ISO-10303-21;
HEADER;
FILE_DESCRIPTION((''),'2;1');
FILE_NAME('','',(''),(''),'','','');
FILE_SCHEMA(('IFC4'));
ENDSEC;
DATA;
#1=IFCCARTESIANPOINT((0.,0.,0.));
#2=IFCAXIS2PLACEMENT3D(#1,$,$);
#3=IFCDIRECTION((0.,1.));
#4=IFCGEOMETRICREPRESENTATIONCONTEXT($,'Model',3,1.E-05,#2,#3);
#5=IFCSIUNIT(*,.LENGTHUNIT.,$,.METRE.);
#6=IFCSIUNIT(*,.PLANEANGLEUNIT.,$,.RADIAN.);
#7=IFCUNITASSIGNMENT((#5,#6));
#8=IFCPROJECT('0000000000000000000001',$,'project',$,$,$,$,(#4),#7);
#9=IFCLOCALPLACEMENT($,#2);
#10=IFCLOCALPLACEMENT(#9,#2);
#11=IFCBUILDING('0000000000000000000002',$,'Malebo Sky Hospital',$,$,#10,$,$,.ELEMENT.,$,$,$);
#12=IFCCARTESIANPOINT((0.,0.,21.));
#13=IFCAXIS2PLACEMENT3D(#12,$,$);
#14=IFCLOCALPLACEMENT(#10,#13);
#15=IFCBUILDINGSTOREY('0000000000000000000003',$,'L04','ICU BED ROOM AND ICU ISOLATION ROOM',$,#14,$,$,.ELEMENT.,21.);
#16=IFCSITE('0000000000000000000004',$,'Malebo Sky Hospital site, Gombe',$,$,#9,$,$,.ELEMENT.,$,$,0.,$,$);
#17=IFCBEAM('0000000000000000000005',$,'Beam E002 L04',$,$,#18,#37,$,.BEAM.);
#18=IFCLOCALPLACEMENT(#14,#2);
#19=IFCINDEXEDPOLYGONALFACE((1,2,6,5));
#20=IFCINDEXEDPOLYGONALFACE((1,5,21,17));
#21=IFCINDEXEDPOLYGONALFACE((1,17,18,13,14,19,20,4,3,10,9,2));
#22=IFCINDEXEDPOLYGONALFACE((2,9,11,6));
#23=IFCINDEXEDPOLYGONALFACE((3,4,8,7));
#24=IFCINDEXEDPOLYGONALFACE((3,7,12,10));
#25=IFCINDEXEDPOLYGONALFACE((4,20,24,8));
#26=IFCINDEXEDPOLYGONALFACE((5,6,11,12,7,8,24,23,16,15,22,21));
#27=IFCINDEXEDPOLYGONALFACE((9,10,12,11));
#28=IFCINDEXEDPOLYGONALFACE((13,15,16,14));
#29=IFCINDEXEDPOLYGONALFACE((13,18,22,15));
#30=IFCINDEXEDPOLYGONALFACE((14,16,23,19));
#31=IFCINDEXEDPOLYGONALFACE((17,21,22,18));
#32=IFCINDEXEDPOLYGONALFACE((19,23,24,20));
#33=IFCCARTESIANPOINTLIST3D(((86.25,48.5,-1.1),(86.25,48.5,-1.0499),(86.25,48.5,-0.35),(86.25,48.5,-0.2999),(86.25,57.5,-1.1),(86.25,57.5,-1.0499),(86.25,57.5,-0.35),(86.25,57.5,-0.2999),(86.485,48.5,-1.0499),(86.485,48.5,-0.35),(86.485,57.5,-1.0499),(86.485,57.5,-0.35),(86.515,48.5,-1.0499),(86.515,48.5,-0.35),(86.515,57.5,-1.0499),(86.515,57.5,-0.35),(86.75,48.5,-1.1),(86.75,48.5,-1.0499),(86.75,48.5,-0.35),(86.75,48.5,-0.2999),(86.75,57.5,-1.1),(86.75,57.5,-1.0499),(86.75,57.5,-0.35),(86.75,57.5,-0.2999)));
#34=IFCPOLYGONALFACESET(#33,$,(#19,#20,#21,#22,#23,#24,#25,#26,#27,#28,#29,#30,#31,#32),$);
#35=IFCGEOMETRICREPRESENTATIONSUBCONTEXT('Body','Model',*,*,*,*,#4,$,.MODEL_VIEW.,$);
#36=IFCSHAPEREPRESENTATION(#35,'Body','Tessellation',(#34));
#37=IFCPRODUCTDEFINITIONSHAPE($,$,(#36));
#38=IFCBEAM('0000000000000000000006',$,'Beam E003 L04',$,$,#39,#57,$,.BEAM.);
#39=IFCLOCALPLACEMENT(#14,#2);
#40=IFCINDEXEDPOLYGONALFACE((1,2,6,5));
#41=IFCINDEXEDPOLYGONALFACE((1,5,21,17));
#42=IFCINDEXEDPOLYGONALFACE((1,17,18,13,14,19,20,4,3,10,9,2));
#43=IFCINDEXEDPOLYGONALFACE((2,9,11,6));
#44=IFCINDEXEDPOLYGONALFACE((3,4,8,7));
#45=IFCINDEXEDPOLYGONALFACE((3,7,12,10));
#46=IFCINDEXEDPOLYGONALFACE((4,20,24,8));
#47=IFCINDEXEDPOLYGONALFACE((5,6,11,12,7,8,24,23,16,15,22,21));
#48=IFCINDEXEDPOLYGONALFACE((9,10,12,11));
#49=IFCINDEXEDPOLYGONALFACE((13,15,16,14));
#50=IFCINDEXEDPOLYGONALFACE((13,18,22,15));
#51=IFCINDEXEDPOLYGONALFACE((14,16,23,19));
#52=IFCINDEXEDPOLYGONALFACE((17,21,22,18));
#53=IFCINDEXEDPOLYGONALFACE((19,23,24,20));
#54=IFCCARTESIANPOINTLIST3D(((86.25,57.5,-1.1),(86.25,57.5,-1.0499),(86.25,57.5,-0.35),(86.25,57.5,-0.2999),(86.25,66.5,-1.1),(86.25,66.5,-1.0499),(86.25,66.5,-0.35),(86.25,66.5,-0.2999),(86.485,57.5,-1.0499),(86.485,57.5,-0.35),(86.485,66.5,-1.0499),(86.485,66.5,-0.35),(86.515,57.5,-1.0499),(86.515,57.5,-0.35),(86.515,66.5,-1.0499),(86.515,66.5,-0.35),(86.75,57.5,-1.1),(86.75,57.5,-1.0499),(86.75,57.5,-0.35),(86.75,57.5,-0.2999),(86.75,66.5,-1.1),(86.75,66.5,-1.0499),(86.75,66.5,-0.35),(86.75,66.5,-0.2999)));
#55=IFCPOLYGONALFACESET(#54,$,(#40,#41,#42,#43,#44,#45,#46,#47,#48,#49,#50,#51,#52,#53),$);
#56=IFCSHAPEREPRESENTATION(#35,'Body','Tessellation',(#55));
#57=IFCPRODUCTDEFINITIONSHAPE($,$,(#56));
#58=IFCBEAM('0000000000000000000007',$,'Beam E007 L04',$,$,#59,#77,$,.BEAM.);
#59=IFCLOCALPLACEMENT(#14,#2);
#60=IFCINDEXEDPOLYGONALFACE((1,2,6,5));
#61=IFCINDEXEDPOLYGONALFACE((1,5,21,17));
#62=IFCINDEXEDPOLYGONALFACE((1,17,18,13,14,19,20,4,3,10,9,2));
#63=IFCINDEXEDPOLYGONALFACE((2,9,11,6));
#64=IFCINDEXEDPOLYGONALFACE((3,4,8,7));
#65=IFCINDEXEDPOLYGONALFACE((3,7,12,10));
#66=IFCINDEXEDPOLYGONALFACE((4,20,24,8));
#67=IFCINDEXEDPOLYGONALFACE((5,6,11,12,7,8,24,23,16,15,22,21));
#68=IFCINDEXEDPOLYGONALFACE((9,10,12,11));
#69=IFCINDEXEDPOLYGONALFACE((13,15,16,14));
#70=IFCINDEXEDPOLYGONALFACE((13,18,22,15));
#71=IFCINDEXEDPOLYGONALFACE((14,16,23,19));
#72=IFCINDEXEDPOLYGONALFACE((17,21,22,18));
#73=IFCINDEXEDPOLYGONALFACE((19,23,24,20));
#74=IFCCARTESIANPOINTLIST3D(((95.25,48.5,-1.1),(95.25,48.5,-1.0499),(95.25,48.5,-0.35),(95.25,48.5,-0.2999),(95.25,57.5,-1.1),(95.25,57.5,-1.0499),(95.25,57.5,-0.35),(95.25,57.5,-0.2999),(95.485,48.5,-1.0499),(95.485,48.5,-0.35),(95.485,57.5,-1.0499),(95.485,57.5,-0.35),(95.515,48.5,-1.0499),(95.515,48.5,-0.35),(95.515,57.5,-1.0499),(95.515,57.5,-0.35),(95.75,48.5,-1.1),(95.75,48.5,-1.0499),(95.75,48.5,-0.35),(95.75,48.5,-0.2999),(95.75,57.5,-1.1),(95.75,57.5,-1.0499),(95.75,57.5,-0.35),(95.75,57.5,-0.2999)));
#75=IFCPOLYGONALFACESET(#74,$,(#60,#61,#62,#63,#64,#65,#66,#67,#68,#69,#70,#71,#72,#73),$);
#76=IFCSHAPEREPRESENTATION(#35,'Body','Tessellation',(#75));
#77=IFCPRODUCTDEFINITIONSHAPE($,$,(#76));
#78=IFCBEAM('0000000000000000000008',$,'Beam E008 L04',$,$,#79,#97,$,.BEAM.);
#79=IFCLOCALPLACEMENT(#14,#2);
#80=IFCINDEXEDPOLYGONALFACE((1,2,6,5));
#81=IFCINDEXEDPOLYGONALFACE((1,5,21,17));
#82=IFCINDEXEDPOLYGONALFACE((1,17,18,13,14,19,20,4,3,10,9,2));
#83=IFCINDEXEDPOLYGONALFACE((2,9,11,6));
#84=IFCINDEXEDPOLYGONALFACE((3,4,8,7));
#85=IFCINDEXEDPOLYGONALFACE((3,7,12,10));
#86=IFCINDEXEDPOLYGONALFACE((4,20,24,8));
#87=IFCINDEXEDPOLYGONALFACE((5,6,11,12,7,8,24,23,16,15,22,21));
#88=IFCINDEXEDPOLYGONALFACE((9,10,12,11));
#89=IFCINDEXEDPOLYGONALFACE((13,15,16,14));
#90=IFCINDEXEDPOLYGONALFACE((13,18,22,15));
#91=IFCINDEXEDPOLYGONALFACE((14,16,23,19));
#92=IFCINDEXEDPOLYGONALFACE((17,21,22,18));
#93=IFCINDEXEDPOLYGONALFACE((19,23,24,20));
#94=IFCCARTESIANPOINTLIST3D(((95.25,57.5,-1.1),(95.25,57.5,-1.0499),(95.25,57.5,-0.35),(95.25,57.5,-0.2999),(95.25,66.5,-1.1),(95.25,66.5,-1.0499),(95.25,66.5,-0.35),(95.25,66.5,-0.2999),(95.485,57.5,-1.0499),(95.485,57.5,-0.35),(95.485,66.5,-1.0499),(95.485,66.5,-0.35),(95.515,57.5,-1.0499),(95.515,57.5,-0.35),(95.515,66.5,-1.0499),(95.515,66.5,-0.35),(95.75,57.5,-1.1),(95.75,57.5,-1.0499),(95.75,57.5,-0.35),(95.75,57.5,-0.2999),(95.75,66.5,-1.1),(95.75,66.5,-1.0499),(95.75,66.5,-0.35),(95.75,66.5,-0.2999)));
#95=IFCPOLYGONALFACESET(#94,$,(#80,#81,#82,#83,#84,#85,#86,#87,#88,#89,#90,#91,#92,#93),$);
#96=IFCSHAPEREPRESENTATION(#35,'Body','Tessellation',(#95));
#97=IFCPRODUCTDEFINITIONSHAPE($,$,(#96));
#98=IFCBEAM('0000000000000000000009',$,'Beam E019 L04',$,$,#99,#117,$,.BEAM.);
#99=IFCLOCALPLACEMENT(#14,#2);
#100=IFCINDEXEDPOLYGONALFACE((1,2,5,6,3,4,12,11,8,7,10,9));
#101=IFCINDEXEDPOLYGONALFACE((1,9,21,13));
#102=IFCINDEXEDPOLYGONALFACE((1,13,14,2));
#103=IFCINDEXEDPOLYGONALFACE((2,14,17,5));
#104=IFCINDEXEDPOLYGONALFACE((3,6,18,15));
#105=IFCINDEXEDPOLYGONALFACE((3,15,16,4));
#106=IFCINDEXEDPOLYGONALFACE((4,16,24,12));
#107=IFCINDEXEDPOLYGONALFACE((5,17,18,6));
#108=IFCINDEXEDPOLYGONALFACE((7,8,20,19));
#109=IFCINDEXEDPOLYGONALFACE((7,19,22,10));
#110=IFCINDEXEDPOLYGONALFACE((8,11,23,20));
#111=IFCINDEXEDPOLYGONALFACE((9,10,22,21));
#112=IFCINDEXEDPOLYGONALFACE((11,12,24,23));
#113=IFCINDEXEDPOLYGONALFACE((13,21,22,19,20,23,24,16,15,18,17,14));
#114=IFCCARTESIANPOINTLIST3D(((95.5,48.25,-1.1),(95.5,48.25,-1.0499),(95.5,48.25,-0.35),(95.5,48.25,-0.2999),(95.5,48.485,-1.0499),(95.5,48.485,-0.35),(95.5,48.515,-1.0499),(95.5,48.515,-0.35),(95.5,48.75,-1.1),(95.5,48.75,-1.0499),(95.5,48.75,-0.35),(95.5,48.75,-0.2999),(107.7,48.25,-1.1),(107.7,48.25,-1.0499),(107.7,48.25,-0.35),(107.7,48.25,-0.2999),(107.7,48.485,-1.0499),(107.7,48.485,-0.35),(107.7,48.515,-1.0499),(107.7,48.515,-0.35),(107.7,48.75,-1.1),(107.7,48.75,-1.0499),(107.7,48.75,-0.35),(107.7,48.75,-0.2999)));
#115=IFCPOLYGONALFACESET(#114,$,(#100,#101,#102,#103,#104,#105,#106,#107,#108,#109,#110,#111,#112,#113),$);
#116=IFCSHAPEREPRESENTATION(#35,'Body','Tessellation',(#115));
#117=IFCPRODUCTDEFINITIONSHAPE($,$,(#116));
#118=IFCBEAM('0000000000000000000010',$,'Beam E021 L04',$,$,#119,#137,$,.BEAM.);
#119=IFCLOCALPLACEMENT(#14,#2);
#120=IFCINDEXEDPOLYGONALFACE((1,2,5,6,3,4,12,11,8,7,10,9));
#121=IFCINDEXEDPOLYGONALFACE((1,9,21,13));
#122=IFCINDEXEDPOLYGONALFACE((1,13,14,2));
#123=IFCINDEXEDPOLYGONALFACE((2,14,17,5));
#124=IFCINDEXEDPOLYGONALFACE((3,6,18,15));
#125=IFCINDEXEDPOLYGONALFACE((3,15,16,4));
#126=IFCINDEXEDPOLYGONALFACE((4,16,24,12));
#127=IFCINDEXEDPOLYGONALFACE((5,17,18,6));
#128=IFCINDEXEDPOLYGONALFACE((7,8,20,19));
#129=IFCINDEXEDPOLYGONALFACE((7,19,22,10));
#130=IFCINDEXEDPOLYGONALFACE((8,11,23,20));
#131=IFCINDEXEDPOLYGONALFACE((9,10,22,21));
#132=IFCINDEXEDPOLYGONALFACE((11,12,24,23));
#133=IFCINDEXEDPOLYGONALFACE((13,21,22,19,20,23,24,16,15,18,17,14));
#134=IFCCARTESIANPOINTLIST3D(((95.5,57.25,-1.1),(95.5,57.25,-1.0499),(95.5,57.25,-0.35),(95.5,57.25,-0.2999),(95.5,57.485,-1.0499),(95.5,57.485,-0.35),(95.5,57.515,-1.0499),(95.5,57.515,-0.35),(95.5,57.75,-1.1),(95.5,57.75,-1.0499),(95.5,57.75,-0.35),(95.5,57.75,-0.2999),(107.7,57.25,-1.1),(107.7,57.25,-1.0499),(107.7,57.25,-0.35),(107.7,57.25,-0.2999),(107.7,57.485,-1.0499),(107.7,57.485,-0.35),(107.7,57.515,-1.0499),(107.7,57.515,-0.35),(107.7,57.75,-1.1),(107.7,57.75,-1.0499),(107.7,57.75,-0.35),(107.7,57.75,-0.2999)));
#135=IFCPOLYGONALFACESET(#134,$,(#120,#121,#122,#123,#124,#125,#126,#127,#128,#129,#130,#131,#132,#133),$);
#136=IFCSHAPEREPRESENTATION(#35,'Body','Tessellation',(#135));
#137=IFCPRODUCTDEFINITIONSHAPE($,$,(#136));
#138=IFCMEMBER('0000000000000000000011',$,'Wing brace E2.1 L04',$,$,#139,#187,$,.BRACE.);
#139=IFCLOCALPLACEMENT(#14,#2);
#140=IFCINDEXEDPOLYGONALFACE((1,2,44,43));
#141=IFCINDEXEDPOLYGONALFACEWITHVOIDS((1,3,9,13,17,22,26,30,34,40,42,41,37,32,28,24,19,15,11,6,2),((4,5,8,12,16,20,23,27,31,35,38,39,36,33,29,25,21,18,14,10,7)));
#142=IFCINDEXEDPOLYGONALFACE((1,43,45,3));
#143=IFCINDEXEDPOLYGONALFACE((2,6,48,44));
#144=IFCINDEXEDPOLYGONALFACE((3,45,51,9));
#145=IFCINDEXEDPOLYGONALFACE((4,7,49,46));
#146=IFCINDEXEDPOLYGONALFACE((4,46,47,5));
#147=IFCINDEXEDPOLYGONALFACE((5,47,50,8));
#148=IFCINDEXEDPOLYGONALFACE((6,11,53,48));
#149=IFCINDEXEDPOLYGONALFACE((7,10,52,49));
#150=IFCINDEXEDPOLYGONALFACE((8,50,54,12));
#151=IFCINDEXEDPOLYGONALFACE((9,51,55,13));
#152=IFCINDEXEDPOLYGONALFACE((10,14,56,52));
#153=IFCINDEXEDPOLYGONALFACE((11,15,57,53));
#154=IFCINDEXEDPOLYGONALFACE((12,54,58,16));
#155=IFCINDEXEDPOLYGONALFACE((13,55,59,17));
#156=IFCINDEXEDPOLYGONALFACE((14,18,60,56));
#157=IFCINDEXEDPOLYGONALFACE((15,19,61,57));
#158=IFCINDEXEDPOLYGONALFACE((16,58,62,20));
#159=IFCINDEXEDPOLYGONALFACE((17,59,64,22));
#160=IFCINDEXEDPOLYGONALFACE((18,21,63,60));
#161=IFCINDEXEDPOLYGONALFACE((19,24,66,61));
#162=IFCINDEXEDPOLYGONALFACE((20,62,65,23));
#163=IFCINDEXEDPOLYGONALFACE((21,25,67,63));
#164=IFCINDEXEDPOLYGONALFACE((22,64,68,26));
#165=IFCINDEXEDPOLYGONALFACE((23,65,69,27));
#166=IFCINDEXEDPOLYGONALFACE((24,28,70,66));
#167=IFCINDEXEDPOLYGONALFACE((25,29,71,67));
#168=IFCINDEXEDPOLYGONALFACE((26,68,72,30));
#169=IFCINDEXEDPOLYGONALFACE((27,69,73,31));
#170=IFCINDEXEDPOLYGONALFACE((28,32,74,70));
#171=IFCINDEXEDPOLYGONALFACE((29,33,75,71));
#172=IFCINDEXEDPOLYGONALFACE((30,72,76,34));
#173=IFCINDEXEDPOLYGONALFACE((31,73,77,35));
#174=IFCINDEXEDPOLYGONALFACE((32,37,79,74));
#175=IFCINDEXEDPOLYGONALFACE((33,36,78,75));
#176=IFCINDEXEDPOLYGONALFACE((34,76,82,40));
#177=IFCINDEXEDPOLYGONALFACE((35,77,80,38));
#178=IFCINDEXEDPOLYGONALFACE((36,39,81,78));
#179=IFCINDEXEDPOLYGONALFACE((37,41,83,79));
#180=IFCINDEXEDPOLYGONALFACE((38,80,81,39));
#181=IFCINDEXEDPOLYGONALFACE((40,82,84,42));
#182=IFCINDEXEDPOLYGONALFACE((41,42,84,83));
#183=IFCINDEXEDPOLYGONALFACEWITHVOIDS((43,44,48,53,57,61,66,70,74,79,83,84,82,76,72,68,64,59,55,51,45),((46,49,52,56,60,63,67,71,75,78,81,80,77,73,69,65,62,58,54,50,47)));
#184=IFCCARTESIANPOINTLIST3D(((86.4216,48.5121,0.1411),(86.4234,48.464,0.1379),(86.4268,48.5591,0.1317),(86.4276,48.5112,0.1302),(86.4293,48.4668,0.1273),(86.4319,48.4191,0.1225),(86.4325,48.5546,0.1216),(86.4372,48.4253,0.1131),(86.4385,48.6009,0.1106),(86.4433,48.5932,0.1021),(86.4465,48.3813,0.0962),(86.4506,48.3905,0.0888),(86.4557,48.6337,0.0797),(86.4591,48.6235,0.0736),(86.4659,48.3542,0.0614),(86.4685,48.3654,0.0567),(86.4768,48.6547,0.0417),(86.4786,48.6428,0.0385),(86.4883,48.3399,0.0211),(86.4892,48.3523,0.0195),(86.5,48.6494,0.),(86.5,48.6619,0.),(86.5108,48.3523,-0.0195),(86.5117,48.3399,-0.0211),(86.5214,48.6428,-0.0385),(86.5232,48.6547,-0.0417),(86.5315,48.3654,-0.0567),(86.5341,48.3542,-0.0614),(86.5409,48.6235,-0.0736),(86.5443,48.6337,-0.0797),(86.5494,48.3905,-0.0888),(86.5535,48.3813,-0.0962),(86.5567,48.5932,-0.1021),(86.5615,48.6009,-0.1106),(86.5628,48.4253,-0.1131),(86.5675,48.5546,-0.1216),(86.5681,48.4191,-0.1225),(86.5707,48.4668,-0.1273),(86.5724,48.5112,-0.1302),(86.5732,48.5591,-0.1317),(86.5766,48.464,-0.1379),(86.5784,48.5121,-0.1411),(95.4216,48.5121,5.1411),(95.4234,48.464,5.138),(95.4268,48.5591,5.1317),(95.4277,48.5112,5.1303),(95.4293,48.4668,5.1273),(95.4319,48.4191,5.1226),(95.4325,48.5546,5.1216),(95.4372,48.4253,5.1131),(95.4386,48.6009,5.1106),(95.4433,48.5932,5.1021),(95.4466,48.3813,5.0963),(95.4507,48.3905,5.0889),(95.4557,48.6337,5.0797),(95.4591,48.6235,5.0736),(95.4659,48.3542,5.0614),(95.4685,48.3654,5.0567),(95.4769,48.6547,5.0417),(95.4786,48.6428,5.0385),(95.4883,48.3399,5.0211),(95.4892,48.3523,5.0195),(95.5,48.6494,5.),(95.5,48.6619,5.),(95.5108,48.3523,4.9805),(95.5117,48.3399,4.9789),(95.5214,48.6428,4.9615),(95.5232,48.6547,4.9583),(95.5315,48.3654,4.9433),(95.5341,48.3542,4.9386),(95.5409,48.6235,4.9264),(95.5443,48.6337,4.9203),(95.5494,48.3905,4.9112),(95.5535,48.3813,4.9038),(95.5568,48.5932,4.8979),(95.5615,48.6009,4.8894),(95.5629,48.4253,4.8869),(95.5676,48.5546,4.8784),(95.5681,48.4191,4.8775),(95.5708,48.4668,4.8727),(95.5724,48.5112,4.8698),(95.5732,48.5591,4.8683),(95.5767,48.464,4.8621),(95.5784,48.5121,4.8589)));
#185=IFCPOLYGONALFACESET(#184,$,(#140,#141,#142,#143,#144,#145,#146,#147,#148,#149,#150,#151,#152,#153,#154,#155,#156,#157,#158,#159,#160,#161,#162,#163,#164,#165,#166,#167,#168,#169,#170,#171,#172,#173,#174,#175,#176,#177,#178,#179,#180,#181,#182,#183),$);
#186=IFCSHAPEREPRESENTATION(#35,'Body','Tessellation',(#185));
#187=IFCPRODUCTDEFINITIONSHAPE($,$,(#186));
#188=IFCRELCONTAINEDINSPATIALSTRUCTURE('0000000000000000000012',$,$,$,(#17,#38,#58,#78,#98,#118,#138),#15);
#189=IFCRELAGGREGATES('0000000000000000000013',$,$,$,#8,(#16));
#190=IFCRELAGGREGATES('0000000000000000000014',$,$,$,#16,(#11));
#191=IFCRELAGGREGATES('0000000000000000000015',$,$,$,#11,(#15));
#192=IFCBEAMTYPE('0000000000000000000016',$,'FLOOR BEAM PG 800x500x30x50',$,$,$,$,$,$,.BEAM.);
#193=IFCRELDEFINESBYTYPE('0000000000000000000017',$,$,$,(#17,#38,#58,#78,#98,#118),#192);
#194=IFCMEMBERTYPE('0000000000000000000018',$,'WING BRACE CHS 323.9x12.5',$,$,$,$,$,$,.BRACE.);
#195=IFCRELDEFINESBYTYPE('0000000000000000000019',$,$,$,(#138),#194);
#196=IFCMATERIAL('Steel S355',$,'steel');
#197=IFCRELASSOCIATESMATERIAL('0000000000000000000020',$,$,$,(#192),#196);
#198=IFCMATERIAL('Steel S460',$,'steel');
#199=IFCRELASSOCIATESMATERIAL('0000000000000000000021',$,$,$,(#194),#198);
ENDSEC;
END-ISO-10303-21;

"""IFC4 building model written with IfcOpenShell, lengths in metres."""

from ifc_helpers import new_model, si_unit, direction, frame, origin, origin_2d, place, context, subcontext, project, spatial, hollow_circle, i_section, extrude, material, material_profile, profile_set, type_object, element, save


model = new_model("IFC4")

# Units and contexts
model_context = context("Model", 3, precision=1e-05, world=origin(), true_north=direction((0.0, 1.0)))
body_context = subcontext(model_context, "Body", "Model", "MODEL_VIEW")
ifc_project = project(units=[si_unit("LENGTHUNIT", "METRE"), si_unit("PLANEANGLEUNIT", "RADIAN")], contexts=[model_context])

# Site, building, storey
site_placement = place(None, origin())
site = spatial("IfcSite", under=ifc_project, at=site_placement, Name="Malebo Sky Hospital site, Gombe", CompositionType="ELEMENT", RefElevation=0.0)
building_placement = place(site_placement, origin())
building = spatial("IfcBuilding", under=site, at=building_placement, Name="Malebo Sky Hospital", CompositionType="ELEMENT")
storey_placement = place(building_placement, frame((0.0, 0.0, 21.0)))
storey = spatial("IfcBuildingStorey", under=building, at=storey_placement, Name="L04", Description="ICU BED ROOM AND ICU ISOLATION ROOM", CompositionType="ELEMENT", Elevation=21.0)

# Shared definitions
ifc_material_1 = material(Name="Steel S355", Category="steel")

# Beams
ifc_material_profile_1 = material_profile(ifc_material_1, i_section(OverallWidth=0.5, OverallDepth=0.8, WebThickness=0.03, FlangeThickness=0.05, at=origin_2d()), Name="PG 800x500x30x50")
ifc_profile_set_1 = profile_set([ifc_material_profile_1], Name="Steel S355")
beam_type = type_object("IfcBeamType", Name="FLOOR BEAM PG 800x500x30x50", PredefinedType="BEAM", material=ifc_profile_set_1)
for number, where, z_axis, x_axis, name in (
    (1, (86.5, 48.5, -0.7), (0.0, 1.0, 0.0), (-1.0, 0.0, 0.0), "Beam E002 L04"),
    (2, (86.5, 57.5, -0.7), (0.0, 1.0, 0.0), (-1.0, 0.0, 0.0), "Beam E003 L04"),
    (3, (95.5, 48.5, -0.7), (0.0, 1.0, 0.0), (-1.0, 0.0, 0.0), "Beam E007 L04"),
    (4, (95.5, 57.5, -0.7), (0.0, 1.0, 0.0), (-1.0, 0.0, 0.0), "Beam E008 L04"),
):
    element("IfcBeam", number, at=place(storey_placement, frame(where, z_axis=z_axis, x_axis=x_axis)), inside=storey, type_object=beam_type, Name=name, PredefinedType="BEAM", context=body_context, shape_type="SweptSolid", body=[
        extrude(i_section(OverallWidth=0.5, OverallDepth=0.8, WebThickness=0.03, FlangeThickness=0.05, at=origin_2d()), origin(), (0.0, 0.0, 1.0), 9.0),
    ])
for number, where, z_axis, x_axis, name in (
    (5, (95.5, 48.5, -0.7), (1.0, 0.0, 0.0), (0.0, 1.0, 0.0), "Beam E019 L04"),
    (6, (95.5, 57.5, -0.7), (1.0, 0.0, 0.0), (0.0, 1.0, 0.0), "Beam E021 L04"),
):
    element("IfcBeam", number, at=place(storey_placement, frame(where, z_axis=z_axis, x_axis=x_axis)), inside=storey, type_object=beam_type, Name=name, PredefinedType="BEAM", context=body_context, shape_type="SweptSolid", body=[
        extrude(i_section(OverallWidth=0.5, OverallDepth=0.8, WebThickness=0.03, FlangeThickness=0.05, at=origin_2d()), origin(), (0.0, 0.0, 1.0), 12.2),
    ])

# Member
ifc_material_2 = material(Name="Steel S460", Category="steel")
ifc_material_profile_2 = material_profile(ifc_material_2, hollow_circle(Radius=0.1619, WallThickness=0.0125, at=origin_2d()), Name="CHS 323.9x12.5")
ifc_profile_set_2 = profile_set([ifc_material_profile_2], Name="Steel S460")
member_type = type_object("IfcMemberType", Name="WING BRACE CHS 323.9x12.5", PredefinedType="BRACE", material=ifc_profile_set_2)
for number, where, z_axis, x_axis, name in (
    (7, (86.5, 48.5, 0.0), (0.874157, 0.0, 0.485643), (0.0, 1.0, 0.0), "Wing brace E2.1 L04"),
):
    element("IfcMember", number, at=place(storey_placement, frame(where, z_axis=z_axis, x_axis=x_axis)), inside=storey, type_object=member_type, Name=name, PredefinedType="BRACE", context=body_context, shape_type="SweptSolid", body=[
        extrude(hollow_circle(Radius=0.1619, WallThickness=0.0125, at=origin_2d()), origin(), (0.0, 0.0, 1.0), 10.2957),
    ])

save(model, "model.ifc")
